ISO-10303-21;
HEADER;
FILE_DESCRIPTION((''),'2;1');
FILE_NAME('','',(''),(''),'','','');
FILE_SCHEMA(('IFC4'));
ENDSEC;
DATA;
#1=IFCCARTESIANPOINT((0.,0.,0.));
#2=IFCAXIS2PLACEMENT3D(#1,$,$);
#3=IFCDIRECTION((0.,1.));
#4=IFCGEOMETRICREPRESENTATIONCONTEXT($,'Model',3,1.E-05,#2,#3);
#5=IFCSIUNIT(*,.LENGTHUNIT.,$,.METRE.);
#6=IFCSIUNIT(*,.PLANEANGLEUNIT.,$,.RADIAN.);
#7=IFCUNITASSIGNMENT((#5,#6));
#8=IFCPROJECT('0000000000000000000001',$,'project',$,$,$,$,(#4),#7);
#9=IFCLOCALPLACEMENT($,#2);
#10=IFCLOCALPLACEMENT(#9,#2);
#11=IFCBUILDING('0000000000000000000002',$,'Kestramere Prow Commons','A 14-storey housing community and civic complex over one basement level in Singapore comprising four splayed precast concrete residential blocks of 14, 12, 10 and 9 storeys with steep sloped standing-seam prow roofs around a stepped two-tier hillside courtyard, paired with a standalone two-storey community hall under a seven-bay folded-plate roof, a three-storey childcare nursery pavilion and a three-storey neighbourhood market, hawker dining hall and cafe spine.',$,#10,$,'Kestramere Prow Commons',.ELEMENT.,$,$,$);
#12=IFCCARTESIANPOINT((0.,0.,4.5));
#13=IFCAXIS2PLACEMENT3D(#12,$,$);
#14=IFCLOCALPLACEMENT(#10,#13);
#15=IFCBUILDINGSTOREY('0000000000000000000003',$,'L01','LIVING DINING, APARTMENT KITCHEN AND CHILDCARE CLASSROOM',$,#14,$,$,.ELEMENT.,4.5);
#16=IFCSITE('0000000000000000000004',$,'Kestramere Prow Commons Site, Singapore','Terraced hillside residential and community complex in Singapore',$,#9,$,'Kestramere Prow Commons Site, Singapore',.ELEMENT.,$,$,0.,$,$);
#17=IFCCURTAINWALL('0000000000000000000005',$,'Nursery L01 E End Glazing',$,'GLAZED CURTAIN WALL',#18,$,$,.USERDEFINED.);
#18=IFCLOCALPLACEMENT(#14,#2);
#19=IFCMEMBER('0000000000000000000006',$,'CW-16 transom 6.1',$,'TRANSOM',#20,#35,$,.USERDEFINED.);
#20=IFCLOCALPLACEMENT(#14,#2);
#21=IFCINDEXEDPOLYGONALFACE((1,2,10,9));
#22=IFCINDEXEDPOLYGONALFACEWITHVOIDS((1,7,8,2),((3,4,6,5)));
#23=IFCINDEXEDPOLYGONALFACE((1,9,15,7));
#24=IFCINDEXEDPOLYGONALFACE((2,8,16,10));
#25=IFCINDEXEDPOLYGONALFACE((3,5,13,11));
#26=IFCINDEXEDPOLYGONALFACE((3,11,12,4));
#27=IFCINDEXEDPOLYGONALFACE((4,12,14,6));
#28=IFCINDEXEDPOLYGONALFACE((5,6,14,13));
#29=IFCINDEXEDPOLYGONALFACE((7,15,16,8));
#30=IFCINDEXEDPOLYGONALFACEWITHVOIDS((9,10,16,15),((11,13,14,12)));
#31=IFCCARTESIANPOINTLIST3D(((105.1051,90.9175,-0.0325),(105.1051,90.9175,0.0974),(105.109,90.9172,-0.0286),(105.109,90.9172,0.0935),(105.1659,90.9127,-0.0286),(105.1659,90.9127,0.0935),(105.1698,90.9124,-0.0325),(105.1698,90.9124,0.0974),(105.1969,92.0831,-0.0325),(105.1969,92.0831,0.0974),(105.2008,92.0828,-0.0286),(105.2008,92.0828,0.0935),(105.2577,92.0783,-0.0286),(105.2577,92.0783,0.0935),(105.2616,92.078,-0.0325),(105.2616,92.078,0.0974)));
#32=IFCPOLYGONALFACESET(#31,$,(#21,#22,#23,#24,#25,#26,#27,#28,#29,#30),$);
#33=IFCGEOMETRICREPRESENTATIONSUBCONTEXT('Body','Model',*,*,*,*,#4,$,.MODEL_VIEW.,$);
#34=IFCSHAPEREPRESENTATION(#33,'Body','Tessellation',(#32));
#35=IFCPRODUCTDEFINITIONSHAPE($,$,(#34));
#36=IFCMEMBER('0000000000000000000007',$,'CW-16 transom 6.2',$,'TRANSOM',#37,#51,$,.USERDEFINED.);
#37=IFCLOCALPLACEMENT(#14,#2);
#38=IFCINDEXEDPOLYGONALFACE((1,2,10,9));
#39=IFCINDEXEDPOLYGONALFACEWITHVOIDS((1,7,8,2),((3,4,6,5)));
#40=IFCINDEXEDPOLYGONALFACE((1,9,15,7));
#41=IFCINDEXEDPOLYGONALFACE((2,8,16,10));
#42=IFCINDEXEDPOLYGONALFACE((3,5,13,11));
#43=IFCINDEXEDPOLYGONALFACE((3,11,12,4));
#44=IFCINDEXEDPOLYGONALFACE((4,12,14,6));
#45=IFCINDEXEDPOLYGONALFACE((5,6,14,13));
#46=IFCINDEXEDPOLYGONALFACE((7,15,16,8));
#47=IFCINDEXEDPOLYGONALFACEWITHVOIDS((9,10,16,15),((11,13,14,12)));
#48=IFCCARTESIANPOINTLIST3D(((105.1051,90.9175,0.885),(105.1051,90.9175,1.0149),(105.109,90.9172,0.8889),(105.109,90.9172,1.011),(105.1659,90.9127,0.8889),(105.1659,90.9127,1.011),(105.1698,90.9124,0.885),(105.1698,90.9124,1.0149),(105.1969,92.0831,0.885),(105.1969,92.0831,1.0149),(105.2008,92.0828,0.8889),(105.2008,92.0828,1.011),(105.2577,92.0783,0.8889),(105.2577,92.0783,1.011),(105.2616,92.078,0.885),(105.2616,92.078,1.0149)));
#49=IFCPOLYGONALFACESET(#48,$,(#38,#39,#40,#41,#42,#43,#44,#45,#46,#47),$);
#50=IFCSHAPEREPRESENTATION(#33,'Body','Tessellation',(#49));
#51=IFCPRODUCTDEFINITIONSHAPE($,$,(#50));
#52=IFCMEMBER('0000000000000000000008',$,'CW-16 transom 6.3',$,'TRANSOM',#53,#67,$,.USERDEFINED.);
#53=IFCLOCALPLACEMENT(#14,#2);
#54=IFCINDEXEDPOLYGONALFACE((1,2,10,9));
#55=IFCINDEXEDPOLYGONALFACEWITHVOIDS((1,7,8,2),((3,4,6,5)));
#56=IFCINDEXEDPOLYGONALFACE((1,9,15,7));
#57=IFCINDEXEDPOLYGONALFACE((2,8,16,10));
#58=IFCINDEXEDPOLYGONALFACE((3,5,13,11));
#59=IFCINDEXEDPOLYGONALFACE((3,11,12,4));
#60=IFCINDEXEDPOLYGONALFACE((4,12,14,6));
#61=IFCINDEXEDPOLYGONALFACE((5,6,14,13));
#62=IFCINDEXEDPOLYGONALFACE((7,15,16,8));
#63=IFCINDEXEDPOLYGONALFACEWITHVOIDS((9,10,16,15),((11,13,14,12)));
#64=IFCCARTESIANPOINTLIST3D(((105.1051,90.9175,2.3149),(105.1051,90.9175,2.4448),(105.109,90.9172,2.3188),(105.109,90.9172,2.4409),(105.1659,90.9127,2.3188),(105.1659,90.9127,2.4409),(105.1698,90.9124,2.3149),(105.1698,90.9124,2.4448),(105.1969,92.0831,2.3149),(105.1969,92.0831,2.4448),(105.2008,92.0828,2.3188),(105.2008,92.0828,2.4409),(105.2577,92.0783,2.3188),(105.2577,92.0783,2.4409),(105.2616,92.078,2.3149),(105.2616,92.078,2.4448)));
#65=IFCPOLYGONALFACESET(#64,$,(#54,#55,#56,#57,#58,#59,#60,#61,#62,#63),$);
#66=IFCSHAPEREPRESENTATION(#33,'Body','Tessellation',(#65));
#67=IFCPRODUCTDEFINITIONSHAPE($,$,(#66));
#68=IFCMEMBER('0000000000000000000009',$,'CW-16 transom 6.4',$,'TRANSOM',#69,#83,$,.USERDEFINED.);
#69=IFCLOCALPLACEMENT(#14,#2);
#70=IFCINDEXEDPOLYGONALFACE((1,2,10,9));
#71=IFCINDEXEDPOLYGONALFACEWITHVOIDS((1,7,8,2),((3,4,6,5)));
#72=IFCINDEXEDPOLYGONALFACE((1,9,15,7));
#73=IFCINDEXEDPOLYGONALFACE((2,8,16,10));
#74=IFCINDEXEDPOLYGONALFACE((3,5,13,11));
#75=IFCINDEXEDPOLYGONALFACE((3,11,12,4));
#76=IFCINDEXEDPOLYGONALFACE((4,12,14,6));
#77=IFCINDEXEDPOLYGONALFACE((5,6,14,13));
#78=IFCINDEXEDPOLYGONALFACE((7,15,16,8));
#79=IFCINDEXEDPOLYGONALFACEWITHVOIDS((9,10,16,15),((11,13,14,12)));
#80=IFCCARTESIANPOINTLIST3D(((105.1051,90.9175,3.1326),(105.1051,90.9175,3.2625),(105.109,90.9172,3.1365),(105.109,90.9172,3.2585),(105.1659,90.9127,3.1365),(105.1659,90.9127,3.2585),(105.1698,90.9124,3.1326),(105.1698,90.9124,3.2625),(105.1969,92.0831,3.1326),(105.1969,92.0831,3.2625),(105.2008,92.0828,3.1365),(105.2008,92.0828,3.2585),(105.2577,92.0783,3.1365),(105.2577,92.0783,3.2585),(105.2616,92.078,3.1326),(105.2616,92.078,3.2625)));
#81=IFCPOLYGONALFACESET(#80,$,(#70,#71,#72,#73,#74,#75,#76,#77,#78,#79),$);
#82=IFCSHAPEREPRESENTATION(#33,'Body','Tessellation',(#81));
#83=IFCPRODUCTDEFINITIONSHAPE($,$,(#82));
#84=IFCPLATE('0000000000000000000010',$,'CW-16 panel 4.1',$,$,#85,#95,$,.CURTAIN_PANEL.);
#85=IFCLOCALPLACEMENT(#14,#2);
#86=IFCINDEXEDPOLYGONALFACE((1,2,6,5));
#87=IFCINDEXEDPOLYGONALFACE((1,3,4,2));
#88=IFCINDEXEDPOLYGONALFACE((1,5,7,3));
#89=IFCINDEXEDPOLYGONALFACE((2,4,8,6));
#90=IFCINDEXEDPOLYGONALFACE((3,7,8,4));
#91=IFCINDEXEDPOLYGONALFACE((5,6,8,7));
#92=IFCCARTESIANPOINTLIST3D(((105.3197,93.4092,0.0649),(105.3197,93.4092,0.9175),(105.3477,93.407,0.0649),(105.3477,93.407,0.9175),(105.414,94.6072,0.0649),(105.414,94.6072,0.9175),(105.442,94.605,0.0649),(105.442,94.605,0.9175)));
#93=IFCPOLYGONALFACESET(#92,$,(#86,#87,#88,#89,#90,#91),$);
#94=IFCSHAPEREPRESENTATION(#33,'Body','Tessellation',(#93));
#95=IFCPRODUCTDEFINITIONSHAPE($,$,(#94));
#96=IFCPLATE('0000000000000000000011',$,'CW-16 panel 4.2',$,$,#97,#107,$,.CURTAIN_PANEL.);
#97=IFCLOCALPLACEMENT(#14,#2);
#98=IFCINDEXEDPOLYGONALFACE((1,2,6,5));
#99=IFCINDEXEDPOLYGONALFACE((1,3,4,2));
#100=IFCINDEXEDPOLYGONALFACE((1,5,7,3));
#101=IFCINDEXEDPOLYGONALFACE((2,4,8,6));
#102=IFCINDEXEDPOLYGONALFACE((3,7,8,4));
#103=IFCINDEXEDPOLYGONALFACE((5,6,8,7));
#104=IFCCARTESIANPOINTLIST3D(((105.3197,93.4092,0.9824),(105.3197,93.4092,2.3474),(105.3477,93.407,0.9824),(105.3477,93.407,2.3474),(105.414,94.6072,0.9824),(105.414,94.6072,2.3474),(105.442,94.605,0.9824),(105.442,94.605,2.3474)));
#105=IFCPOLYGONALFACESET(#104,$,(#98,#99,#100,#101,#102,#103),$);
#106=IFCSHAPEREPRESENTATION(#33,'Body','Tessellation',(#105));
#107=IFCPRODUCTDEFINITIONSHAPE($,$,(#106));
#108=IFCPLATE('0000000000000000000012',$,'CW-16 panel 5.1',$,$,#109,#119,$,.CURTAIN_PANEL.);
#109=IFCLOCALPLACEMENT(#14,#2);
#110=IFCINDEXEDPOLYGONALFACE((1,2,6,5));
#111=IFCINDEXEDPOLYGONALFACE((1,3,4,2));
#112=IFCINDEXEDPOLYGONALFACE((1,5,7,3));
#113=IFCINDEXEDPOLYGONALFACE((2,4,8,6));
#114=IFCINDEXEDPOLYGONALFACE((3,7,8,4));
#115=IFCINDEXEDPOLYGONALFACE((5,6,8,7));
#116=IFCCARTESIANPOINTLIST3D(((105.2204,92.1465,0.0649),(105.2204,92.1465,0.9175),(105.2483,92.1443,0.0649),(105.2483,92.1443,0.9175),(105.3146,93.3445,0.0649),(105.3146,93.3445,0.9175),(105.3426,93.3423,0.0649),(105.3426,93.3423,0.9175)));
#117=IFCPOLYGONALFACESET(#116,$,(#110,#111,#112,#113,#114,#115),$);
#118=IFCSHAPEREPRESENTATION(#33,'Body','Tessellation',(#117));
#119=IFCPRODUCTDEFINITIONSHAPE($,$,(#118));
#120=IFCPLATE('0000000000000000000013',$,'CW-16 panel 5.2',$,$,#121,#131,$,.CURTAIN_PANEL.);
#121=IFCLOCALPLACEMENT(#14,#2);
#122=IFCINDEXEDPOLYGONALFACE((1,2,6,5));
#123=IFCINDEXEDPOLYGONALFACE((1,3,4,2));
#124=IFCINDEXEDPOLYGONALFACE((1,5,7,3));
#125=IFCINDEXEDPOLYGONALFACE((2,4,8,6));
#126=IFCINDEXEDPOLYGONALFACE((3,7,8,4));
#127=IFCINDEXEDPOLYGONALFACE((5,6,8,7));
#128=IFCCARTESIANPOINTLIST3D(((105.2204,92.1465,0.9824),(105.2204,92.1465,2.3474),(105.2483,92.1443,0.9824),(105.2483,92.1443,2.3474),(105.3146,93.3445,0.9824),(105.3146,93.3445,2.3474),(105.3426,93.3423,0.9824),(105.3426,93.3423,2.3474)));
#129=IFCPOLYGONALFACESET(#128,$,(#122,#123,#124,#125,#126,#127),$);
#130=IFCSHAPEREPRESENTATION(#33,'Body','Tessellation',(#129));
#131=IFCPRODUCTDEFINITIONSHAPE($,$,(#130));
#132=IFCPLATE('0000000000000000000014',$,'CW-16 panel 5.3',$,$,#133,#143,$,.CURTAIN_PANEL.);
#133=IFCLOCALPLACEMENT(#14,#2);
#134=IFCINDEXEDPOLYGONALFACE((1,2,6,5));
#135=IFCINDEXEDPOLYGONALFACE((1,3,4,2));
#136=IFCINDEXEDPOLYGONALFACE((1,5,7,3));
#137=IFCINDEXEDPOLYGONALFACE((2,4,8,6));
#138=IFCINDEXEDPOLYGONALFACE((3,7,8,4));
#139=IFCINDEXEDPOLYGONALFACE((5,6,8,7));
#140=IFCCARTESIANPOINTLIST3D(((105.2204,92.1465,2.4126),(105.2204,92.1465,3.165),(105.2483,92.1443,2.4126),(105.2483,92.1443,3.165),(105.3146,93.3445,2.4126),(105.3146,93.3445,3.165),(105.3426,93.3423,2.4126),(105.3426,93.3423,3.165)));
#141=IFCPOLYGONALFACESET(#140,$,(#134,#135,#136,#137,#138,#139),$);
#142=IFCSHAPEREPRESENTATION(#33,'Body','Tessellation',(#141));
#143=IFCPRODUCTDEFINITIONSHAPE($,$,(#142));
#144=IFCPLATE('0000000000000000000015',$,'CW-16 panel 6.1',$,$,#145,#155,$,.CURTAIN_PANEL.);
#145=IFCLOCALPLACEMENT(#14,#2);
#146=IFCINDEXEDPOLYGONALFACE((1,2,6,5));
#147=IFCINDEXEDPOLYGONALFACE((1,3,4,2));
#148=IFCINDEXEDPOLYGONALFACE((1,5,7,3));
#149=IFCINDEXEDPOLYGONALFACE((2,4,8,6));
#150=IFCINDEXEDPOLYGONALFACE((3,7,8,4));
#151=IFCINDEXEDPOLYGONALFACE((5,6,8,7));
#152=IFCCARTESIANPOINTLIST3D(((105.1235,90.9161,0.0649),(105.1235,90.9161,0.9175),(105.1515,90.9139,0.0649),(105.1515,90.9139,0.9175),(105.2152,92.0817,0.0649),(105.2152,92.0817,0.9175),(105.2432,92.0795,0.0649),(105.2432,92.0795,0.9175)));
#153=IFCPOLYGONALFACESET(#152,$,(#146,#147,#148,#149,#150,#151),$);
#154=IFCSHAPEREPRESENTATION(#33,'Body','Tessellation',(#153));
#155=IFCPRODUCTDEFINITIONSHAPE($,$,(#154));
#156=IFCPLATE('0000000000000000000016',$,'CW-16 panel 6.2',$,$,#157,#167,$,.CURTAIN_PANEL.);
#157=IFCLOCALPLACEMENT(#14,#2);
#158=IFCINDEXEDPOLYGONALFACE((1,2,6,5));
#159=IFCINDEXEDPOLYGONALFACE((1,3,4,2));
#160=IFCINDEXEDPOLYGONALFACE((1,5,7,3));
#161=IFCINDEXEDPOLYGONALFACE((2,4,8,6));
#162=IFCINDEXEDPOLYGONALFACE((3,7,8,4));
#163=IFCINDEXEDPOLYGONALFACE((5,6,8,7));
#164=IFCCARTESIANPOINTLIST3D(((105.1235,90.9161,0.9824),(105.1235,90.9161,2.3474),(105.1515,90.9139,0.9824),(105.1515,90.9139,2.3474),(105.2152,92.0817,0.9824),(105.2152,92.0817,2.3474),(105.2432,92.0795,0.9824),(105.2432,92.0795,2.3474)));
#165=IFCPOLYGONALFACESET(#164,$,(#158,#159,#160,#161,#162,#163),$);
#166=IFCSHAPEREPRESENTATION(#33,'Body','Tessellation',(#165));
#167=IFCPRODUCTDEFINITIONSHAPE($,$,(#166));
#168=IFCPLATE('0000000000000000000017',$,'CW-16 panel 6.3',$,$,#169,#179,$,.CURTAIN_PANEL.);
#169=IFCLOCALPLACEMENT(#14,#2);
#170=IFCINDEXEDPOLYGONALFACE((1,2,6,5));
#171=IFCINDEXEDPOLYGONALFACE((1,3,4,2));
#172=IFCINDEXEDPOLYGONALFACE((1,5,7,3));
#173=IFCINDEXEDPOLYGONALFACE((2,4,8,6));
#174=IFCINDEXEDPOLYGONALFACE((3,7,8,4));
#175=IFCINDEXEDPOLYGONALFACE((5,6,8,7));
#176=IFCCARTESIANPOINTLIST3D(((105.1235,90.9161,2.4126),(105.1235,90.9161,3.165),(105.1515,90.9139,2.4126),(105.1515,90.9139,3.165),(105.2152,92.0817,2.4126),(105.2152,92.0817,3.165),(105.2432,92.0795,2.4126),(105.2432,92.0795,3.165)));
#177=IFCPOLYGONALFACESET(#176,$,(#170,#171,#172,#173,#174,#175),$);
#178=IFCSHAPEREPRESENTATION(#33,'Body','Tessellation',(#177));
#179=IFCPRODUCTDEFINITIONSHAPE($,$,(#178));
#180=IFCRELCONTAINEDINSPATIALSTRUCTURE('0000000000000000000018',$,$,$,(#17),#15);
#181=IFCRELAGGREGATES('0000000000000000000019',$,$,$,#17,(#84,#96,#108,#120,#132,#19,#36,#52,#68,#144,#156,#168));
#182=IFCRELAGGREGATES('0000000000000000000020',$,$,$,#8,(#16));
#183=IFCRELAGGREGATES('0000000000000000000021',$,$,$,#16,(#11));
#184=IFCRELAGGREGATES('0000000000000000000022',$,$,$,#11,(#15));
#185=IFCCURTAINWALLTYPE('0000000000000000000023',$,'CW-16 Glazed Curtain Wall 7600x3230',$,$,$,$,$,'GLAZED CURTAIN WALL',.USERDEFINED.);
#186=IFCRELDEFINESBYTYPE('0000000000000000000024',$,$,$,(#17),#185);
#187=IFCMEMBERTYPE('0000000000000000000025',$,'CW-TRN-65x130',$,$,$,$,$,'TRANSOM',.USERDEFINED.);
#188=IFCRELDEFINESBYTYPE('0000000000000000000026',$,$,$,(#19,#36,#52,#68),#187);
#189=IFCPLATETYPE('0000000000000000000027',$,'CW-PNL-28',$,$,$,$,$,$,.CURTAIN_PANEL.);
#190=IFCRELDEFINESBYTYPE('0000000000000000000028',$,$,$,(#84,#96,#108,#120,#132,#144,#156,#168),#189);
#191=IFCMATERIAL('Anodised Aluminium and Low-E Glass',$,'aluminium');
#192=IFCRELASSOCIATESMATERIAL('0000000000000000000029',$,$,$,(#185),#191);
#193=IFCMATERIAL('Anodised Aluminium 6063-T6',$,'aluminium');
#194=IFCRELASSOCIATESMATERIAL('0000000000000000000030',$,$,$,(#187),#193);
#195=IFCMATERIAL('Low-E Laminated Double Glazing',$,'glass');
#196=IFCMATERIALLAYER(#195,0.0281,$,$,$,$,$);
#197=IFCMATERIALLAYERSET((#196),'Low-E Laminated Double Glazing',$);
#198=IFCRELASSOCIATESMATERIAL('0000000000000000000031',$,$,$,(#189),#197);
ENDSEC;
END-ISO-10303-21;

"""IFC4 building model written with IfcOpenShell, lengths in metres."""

from ifc_helpers import new_model, si_unit, direction, frame, origin, origin_2d, place, context, subcontext, project, spatial, rectangle, hollow_rectangle, extrude, material, layer, layer_set, material_profile, profile_set, type_object, element, aggregate, save


model = new_model("IFC4")

# Units and contexts
model_context = context("Model", 3, precision=1e-05, world=origin(), true_north=direction((0.0, 1.0)))
body_context = subcontext(model_context, "Body", "Model", "MODEL_VIEW")
ifc_project = project(units=[si_unit("LENGTHUNIT", "METRE"), si_unit("PLANEANGLEUNIT", "RADIAN")], contexts=[model_context])

# Site, building, storey
site_placement = place(None, origin())
site = spatial("IfcSite", under=ifc_project, at=site_placement, Name="Kestramere Prow Commons Site, Singapore", Description="Terraced hillside residential and community complex in Singapore", LongName="Kestramere Prow Commons Site, Singapore", CompositionType="ELEMENT", RefElevation=0.0)
building_placement = place(site_placement, origin())
building = spatial("IfcBuilding", under=site, at=building_placement, Name="Kestramere Prow Commons", Description="A 14-storey housing community and civic complex over one basement level in Singapore comprising four splayed precast concrete residential blocks of 14, 12, 10 and 9 storeys with steep sloped standing-seam prow roofs around a stepped two-tier hillside courtyard, paired with a standalone two-storey community hall under a seven-bay folded-plate roof, a three-storey childcare nursery pavilion and a three-storey neighbourhood market, hawker dining hall and cafe spine.", LongName="Kestramere Prow Commons", CompositionType="ELEMENT")
storey_placement = place(building_placement, frame((0.0, 0.0, 4.5)))
storey = spatial("IfcBuildingStorey", under=building, at=storey_placement, Name="L01", Description="LIVING DINING, APARTMENT KITCHEN AND CHILDCARE CLASSROOM", CompositionType="ELEMENT", Elevation=4.5)

# Curtain wall, members, plates
ifc_material_1 = material(Name="Anodised Aluminium and Low-E Glass", Category="aluminium")
curtain_wall_type = type_object("IfcCurtainWallType", Name="CW-16 Glazed Curtain Wall 7600x3230", ElementType="GLAZED CURTAIN WALL", PredefinedType="USERDEFINED", material=ifc_material_1)
curtain_wall_placement = place(storey_placement, origin())
curtain_wall = element("IfcCurtainWall", 1, at=curtain_wall_placement, inside=storey, type_object=curtain_wall_type, Name="Nursery L01 E End Glazing", ObjectType="GLAZED CURTAIN WALL", PredefinedType="USERDEFINED")
ifc_material_2 = material(Name="Anodised Aluminium 6063-T6", Category="aluminium")
ifc_material_profile_1 = material_profile(ifc_material_2, hollow_rectangle(XDim=0.0649, YDim=0.1299, WallThickness=0.0039, at=origin_2d()), Name="ALU-TRN 65x130")
ifc_profile_set_1 = profile_set([ifc_material_profile_1], Name="Anodised Aluminium 6063-T6")
member_type_1 = type_object("IfcMemberType", Name="CW-TRN-65x130", ElementType="TRANSOM", PredefinedType="USERDEFINED", material=ifc_profile_set_1)
member_1_placement = place(storey_placement, frame((105.2292, 92.0806, 0.0325), z_axis=(-0.078517, -0.996913, 0.0), x_axis=(0.996913, -0.078517, 0.0)))
member_1 = element("IfcMember", 2, at=member_1_placement, type_object=member_type_1, Name="CW-16 transom 6.1", ObjectType="TRANSOM", PredefinedType="USERDEFINED", context=body_context, shape_type="SweptSolid", body=[
    extrude(hollow_rectangle(XDim=0.0649, YDim=0.1299, WallThickness=0.0039, at=origin_2d()), origin(), (0.0, 0.0, 1.0), 1.1692),
])
member_2_placement = place(storey_placement, frame((105.2292, 92.0806, 0.95), z_axis=(-0.078517, -0.996913, 0.0), x_axis=(0.996913, -0.078517, 0.0)))
member_2 = element("IfcMember", 3, at=member_2_placement, type_object=member_type_1, Name="CW-16 transom 6.2", ObjectType="TRANSOM", PredefinedType="USERDEFINED", context=body_context, shape_type="SweptSolid", body=[
    extrude(hollow_rectangle(XDim=0.0649, YDim=0.1299, WallThickness=0.0039, at=origin_2d()), origin(), (0.0, 0.0, 1.0), 1.1692),
])
member_3_placement = place(storey_placement, frame((105.2292, 92.0806, 2.3799), z_axis=(-0.078517, -0.996913, 0.0), x_axis=(0.996913, -0.078517, 0.0)))
member_3 = element("IfcMember", 4, at=member_3_placement, type_object=member_type_1, Name="CW-16 transom 6.3", ObjectType="TRANSOM", PredefinedType="USERDEFINED", context=body_context, shape_type="SweptSolid", body=[
    extrude(hollow_rectangle(XDim=0.0649, YDim=0.1299, WallThickness=0.0039, at=origin_2d()), origin(), (0.0, 0.0, 1.0), 1.1692),
])
member_4_placement = place(storey_placement, frame((105.2292, 92.0806, 3.1975), z_axis=(-0.078517, -0.996913, 0.0), x_axis=(0.996913, -0.078517, 0.0)))
member_4 = element("IfcMember", 5, at=member_4_placement, type_object=member_type_1, Name="CW-16 transom 6.4", ObjectType="TRANSOM", PredefinedType="USERDEFINED", context=body_context, shape_type="SweptSolid", body=[
    extrude(hollow_rectangle(XDim=0.0649, YDim=0.1299, WallThickness=0.0039, at=origin_2d()), origin(), (0.0, 0.0, 1.0), 1.1692),
])
ifc_material_3 = material(Name="Low-E Laminated Double Glazing", Category="glass")
ifc_layer = layer(ifc_material_3, 0.0281)
ifc_layer_set = layer_set([ifc_layer], Name="Low-E Laminated Double Glazing")
plate_type = type_object("IfcPlateType", Name="CW-PNL-28", PredefinedType="CURTAIN_PANEL", material=ifc_layer_set)
plate_1_placement = place(storey_placement, frame((105.3809, 94.0071, 0.0649), z_axis=(0.0, 0.0, 1.0), x_axis=(-0.078459, -0.996917, 0.0)))
plate_1 = element("IfcPlate", 6, at=plate_1_placement, type_object=plate_type, Name="CW-16 panel 4.1", PredefinedType="CURTAIN_PANEL", context=body_context, shape_type="SweptSolid", body=[
    extrude(rectangle(XDim=1.2017, YDim=0.0281, at=origin_2d()), origin(), (0.0, 0.0, 1.0), 0.8525),
])
plate_2_placement = place(storey_placement, frame((105.3809, 94.0071, 0.9824), z_axis=(0.0, 0.0, 1.0), x_axis=(-0.078459, -0.996917, 0.0)))
plate_2 = element("IfcPlate", 7, at=plate_2_placement, type_object=plate_type, Name="CW-16 panel 4.2", PredefinedType="CURTAIN_PANEL", context=body_context, shape_type="SweptSolid", body=[
    extrude(rectangle(XDim=1.2017, YDim=0.0281, at=origin_2d()), origin(), (0.0, 0.0, 1.0), 1.365),
])
plate_3_placement = place(storey_placement, frame((105.2815, 92.7444, 0.0649), z_axis=(0.0, 0.0, 1.0), x_axis=(-0.078459, -0.996917, 0.0)))
plate_3 = element("IfcPlate", 8, at=plate_3_placement, type_object=plate_type, Name="CW-16 panel 5.1", PredefinedType="CURTAIN_PANEL", context=body_context, shape_type="SweptSolid", body=[
    extrude(rectangle(XDim=1.2017, YDim=0.0281, at=origin_2d()), origin(), (0.0, 0.0, 1.0), 0.8525),
])
plate_4_placement = place(storey_placement, frame((105.2815, 92.7444, 0.9824), z_axis=(0.0, 0.0, 1.0), x_axis=(-0.078459, -0.996917, 0.0)))
plate_4 = element("IfcPlate", 9, at=plate_4_placement, type_object=plate_type, Name="CW-16 panel 5.2", PredefinedType="CURTAIN_PANEL", context=body_context, shape_type="SweptSolid", body=[
    extrude(rectangle(XDim=1.2017, YDim=0.0281, at=origin_2d()), origin(), (0.0, 0.0, 1.0), 1.365),
])
plate_5_placement = place(storey_placement, frame((105.2815, 92.7444, 2.4126), z_axis=(0.0, 0.0, 1.0), x_axis=(-0.078459, -0.996917, 0.0)))
plate_5 = element("IfcPlate", 10, at=plate_5_placement, type_object=plate_type, Name="CW-16 panel 5.3", PredefinedType="CURTAIN_PANEL", context=body_context, shape_type="SweptSolid", body=[
    extrude(rectangle(XDim=1.2017, YDim=0.0281, at=origin_2d()), origin(), (0.0, 0.0, 1.0), 0.7524),
])
plate_6_placement = place(storey_placement, frame((105.1833, 91.4978, 0.0649), z_axis=(0.0, 0.0, 1.0), x_axis=(-0.078459, -0.996917, 0.0)))
plate_6 = element("IfcPlate", 11, at=plate_6_placement, type_object=plate_type, Name="CW-16 panel 6.1", PredefinedType="CURTAIN_PANEL", context=body_context, shape_type="SweptSolid", body=[
    extrude(rectangle(XDim=1.1692, YDim=0.0281, at=origin_2d()), origin(), (0.0, 0.0, 1.0), 0.8525),
])
plate_7_placement = place(storey_placement, frame((105.1833, 91.4978, 0.9824), z_axis=(0.0, 0.0, 1.0), x_axis=(-0.078459, -0.996917, 0.0)))
plate_7 = element("IfcPlate", 12, at=plate_7_placement, type_object=plate_type, Name="CW-16 panel 6.2", PredefinedType="CURTAIN_PANEL", context=body_context, shape_type="SweptSolid", body=[
    extrude(rectangle(XDim=1.1692, YDim=0.0281, at=origin_2d()), origin(), (0.0, 0.0, 1.0), 1.365),
])
plate_8_placement = place(storey_placement, frame((105.1833, 91.4978, 2.4126), z_axis=(0.0, 0.0, 1.0), x_axis=(-0.078459, -0.996917, 0.0)))
plate_8 = element("IfcPlate", 13, at=plate_8_placement, type_object=plate_type, Name="CW-16 panel 6.3", PredefinedType="CURTAIN_PANEL", context=body_context, shape_type="SweptSolid", body=[
    extrude(rectangle(XDim=1.1692, YDim=0.0281, at=origin_2d()), origin(), (0.0, 0.0, 1.0), 0.7524),
])
aggregate(curtain_wall, [plate_1, plate_2, plate_3, plate_4, plate_5, member_1, member_2, member_3, member_4, plate_6, plate_7, plate_8])

save(model, "model.ifc")
